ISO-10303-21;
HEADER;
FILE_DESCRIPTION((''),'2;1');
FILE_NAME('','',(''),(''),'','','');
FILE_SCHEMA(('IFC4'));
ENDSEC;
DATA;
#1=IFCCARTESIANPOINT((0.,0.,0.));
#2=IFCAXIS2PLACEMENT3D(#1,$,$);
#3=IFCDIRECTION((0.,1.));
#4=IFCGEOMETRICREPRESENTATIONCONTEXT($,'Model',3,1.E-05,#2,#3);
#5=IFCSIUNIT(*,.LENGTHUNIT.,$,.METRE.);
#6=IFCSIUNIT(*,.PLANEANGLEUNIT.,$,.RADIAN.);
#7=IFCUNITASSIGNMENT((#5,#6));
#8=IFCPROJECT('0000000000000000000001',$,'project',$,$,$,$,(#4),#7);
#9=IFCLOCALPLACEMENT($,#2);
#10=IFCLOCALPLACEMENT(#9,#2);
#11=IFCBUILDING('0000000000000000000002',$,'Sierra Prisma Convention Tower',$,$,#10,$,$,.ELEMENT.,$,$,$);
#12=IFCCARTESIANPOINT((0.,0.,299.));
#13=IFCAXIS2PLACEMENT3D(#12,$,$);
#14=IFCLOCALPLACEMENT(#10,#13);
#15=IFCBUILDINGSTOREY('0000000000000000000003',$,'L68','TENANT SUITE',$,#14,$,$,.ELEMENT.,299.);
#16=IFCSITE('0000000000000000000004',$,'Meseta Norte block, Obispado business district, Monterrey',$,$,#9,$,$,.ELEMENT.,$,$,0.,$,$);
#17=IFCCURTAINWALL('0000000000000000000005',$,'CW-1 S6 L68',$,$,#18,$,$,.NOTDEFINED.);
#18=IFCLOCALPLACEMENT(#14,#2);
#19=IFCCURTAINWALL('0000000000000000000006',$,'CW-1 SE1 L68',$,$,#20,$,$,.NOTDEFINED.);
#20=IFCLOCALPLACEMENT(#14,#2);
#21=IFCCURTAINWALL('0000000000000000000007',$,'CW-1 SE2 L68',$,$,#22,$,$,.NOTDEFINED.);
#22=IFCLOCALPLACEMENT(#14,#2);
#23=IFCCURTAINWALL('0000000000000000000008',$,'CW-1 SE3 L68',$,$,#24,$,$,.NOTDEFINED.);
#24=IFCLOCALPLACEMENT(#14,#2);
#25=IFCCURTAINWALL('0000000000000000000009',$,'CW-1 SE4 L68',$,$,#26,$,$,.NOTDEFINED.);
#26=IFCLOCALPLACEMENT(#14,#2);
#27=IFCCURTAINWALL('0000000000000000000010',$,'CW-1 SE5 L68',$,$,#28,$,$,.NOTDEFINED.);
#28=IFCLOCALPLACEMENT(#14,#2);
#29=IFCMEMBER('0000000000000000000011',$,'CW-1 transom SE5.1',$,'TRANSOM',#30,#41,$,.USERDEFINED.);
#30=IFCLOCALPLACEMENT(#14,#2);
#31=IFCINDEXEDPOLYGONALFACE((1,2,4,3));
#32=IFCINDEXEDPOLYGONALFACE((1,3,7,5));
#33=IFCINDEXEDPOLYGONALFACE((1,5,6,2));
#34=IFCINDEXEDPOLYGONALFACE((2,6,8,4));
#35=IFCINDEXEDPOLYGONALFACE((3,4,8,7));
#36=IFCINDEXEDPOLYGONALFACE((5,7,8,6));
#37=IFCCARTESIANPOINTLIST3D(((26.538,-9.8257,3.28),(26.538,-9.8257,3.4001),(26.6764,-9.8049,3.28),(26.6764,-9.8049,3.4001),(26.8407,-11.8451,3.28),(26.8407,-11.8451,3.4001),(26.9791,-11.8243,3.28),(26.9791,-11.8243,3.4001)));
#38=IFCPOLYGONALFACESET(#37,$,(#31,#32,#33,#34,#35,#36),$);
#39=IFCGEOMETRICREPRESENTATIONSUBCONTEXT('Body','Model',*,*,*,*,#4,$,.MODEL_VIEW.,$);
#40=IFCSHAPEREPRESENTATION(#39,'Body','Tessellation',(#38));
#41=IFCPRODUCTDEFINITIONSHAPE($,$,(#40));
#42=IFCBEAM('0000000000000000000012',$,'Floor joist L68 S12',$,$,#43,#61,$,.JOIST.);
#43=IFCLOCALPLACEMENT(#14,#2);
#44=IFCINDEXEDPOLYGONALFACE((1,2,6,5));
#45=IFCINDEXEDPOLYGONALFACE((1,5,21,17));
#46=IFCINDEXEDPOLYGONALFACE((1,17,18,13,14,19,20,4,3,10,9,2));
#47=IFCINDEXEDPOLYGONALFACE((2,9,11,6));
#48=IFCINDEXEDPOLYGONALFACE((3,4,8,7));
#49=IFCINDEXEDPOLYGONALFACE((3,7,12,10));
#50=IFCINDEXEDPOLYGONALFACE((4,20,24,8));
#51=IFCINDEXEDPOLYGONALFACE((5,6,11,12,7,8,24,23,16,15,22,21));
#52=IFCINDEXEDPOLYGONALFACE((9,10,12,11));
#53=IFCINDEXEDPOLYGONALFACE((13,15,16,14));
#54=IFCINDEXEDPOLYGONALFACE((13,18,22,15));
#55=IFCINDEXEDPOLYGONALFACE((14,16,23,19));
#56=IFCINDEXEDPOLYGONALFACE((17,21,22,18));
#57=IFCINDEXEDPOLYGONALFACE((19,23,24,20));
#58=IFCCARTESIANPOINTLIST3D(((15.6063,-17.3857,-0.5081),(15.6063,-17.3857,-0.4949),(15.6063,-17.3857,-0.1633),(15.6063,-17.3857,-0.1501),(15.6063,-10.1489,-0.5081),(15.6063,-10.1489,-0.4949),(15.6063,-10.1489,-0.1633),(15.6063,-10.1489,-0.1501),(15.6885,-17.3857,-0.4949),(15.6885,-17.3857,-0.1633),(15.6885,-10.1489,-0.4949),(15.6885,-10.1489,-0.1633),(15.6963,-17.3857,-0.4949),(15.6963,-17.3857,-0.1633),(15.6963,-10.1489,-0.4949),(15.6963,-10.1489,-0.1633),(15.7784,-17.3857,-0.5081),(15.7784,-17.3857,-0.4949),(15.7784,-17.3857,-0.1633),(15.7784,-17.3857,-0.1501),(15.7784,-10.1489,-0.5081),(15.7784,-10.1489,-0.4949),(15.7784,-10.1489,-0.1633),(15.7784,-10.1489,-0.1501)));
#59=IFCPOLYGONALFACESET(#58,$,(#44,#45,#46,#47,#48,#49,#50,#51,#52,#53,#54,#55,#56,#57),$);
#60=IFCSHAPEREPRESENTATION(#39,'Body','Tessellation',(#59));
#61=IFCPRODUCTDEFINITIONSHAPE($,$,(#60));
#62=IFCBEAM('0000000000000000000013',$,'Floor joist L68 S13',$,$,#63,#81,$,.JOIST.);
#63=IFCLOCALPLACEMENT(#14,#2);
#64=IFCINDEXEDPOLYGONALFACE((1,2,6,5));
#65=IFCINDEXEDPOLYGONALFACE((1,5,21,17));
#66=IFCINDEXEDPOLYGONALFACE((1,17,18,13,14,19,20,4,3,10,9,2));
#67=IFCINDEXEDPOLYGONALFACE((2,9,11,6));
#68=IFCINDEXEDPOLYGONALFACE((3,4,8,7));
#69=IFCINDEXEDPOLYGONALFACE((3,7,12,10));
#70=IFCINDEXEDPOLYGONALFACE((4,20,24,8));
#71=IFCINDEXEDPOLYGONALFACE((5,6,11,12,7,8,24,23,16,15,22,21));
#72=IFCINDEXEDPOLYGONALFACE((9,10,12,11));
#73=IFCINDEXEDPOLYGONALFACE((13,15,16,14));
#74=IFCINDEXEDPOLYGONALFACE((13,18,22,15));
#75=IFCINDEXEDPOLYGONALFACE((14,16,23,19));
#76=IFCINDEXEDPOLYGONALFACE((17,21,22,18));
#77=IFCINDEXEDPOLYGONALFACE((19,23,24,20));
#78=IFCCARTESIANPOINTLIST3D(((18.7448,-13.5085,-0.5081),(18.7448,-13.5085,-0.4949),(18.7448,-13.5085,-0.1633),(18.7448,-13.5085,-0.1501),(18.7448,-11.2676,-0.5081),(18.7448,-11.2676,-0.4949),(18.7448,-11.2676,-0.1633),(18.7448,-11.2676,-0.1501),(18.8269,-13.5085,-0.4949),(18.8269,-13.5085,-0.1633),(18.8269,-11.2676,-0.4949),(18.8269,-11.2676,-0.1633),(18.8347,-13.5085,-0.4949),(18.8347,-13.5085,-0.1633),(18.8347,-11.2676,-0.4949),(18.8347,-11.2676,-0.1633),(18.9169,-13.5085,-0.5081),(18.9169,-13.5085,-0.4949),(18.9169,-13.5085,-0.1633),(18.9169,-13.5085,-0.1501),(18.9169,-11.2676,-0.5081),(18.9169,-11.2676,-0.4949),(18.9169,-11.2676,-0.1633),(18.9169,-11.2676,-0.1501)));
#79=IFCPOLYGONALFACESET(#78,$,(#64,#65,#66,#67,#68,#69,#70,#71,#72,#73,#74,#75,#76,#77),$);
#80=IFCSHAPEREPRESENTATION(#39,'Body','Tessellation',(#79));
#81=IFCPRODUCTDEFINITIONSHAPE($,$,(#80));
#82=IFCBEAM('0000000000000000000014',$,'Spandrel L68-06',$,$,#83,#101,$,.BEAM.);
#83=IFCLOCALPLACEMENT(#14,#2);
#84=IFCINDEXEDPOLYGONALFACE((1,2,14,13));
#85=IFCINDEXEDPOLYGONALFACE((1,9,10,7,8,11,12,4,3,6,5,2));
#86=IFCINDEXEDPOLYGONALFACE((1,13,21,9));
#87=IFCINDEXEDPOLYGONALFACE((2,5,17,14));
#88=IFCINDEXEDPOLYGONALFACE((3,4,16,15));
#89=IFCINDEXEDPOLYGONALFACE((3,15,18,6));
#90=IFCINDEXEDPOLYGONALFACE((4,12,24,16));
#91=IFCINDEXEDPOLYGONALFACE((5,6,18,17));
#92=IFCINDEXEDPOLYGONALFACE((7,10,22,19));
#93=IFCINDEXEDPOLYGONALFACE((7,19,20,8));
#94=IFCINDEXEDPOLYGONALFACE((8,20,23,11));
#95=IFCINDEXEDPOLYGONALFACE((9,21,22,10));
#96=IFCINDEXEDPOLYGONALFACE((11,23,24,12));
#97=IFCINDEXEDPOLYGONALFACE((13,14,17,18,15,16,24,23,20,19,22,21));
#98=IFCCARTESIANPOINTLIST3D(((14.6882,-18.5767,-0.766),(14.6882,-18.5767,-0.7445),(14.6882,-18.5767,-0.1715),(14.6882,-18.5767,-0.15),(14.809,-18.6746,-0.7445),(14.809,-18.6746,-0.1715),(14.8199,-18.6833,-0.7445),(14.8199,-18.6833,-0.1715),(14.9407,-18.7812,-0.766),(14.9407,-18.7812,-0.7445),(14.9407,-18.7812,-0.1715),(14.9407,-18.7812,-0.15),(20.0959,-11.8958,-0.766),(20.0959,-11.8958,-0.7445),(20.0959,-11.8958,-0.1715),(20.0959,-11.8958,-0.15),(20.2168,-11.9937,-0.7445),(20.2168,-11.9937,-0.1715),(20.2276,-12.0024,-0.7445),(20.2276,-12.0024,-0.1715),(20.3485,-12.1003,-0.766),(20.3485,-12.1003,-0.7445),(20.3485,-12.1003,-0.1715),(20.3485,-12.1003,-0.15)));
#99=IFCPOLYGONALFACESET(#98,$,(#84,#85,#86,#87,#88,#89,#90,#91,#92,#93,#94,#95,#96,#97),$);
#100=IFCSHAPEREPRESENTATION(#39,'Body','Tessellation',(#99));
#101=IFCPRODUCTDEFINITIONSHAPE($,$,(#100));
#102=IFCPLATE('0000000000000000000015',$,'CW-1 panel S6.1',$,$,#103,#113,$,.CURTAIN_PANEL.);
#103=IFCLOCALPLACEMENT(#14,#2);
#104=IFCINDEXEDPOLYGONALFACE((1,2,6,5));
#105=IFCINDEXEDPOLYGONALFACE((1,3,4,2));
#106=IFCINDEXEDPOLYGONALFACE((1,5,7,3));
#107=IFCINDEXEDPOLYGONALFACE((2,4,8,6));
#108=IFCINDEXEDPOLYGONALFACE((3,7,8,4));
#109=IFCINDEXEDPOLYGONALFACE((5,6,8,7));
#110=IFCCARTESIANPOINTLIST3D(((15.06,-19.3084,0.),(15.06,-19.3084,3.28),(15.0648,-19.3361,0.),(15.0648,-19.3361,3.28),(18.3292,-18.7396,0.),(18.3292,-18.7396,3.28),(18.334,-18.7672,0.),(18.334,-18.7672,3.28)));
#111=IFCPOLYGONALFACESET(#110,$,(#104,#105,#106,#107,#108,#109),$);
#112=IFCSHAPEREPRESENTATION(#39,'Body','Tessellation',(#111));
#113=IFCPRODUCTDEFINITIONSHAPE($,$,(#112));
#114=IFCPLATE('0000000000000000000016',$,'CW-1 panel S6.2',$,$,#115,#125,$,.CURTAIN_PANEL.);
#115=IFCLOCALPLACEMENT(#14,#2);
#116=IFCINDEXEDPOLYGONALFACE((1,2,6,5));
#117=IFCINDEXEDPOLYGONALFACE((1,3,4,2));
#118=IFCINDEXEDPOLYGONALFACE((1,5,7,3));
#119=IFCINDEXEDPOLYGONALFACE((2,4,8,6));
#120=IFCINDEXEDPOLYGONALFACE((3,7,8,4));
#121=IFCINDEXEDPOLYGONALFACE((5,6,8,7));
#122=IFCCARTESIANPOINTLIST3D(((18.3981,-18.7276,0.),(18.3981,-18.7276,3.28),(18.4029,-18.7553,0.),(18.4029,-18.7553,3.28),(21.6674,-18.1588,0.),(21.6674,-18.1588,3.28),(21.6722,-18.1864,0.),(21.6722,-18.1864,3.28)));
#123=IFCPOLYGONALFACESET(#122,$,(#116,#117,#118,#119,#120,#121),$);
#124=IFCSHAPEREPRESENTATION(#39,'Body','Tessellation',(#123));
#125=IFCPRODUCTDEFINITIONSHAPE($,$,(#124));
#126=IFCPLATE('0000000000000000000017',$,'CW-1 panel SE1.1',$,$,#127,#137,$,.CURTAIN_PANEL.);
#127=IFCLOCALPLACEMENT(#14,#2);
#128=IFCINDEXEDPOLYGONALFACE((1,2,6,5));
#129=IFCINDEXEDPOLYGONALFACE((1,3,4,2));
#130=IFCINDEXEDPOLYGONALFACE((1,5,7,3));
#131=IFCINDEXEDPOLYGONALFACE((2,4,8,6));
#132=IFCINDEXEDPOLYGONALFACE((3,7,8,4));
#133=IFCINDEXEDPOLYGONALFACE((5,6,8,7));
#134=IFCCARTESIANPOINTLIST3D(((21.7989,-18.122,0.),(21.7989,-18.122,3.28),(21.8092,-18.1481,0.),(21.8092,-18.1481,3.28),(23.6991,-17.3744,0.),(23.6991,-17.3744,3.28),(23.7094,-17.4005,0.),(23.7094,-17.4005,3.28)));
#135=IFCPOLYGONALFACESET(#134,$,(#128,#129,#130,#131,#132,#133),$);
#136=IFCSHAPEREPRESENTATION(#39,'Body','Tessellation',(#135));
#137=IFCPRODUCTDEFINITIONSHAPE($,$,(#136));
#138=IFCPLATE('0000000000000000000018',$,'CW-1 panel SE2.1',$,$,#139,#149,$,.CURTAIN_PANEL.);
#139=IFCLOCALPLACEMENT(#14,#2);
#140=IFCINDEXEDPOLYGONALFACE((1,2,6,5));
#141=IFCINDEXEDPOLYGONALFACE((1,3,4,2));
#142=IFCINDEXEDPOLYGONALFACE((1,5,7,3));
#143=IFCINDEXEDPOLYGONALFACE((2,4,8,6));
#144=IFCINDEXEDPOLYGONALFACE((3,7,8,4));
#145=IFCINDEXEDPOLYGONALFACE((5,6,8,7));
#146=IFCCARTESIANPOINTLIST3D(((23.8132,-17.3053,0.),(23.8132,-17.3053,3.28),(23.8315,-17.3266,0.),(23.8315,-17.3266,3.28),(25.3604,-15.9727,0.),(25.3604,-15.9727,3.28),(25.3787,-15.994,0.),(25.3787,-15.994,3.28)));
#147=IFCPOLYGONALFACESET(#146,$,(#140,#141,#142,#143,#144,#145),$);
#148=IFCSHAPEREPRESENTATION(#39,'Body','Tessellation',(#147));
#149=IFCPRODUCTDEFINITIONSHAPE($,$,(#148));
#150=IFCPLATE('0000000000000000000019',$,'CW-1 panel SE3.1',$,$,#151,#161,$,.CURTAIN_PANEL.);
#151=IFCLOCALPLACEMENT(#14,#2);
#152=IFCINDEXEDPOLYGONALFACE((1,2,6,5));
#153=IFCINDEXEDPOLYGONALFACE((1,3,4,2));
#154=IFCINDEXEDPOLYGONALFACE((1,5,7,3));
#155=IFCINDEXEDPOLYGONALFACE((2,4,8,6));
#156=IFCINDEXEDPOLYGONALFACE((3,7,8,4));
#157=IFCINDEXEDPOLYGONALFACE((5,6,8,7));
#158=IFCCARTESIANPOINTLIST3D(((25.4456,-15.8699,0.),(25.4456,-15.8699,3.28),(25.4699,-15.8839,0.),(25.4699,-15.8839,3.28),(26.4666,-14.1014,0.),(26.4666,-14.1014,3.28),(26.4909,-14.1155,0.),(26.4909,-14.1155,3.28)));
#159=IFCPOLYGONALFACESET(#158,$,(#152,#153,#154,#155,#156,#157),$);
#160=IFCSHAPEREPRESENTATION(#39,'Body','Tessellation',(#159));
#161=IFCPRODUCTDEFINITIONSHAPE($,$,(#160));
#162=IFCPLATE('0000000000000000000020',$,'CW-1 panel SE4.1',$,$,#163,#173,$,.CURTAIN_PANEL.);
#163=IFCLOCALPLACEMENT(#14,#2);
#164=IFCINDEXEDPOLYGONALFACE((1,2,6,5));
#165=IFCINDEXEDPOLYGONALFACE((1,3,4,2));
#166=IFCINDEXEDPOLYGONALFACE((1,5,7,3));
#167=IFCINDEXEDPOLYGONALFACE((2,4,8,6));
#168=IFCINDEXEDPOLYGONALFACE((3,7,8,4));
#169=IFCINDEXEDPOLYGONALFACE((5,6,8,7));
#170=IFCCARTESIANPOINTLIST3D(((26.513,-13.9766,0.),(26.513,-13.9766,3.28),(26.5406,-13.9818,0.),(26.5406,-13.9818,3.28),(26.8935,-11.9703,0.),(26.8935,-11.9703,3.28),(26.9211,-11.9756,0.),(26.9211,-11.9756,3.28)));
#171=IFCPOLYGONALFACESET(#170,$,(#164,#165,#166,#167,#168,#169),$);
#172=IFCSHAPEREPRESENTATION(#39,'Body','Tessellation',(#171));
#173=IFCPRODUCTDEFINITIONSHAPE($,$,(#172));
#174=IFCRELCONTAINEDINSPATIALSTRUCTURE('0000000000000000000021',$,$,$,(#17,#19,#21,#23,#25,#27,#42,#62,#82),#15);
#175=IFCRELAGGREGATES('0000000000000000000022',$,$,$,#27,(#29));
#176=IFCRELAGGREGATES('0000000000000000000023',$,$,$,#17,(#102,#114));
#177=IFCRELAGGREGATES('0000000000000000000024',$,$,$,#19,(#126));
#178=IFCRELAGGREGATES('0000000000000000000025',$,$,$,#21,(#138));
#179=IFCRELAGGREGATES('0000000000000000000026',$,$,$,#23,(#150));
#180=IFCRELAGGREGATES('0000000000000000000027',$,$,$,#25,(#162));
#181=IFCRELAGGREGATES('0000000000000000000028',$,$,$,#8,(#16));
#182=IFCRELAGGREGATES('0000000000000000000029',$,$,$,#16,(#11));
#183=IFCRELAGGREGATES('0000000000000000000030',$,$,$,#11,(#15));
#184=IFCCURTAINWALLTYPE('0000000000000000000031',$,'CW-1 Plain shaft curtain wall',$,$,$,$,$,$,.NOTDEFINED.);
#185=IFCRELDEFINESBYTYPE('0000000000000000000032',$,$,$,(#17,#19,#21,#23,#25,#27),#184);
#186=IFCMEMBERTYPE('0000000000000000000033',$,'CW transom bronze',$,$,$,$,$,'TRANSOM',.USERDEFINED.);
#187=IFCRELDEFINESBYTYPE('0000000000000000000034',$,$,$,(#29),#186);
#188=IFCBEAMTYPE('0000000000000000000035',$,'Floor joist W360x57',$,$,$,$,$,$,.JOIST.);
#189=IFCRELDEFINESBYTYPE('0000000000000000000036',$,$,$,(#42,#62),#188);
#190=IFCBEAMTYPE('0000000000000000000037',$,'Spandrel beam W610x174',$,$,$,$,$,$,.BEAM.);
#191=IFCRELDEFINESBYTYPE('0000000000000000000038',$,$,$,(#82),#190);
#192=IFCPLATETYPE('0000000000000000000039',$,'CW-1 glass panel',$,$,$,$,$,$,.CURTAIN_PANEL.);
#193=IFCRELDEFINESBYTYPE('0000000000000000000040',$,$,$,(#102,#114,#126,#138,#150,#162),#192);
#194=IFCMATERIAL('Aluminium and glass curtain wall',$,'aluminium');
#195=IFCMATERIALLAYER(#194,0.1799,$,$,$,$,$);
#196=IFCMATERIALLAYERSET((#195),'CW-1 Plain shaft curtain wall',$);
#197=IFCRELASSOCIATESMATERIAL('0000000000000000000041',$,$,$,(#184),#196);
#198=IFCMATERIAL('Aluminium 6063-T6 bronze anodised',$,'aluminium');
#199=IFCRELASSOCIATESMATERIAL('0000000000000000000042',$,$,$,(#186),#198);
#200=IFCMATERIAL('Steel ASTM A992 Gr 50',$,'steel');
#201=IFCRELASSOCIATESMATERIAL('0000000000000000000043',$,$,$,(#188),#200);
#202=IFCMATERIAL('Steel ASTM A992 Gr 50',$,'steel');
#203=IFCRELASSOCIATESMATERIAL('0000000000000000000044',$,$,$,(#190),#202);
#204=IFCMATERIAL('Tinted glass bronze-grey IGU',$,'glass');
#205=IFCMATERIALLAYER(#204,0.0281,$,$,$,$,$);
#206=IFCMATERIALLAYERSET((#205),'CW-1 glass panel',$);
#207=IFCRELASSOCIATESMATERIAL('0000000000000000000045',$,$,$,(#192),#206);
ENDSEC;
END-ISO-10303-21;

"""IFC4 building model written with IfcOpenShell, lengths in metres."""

from ifc_helpers import new_model, si_unit, direction, frame, origin, origin_2d, place, context, subcontext, project, spatial, rectangle, i_section, extrude, material, layer, layer_set, material_profile, profile_set, type_object, element, aggregate, save


model = new_model("IFC4")

# Units and contexts
model_context = context("Model", 3, precision=1e-05, world=origin(), true_north=direction((0.0, 1.0)))
body_context = subcontext(model_context, "Body", "Model", "MODEL_VIEW")
ifc_project = project(units=[si_unit("LENGTHUNIT", "METRE"), si_unit("PLANEANGLEUNIT", "RADIAN")], contexts=[model_context])

# Site, building, storey
site_placement = place(None, origin())
site = spatial("IfcSite", under=ifc_project, at=site_placement, Name="Meseta Norte block, Obispado business district, Monterrey", CompositionType="ELEMENT", RefElevation=0.0)
building_placement = place(site_placement, origin())
building = spatial("IfcBuilding", under=site, at=building_placement, Name="Sierra Prisma Convention Tower", CompositionType="ELEMENT")
storey_placement = place(building_placement, frame((0.0, 0.0, 299.0)))
storey = spatial("IfcBuildingStorey", under=building, at=storey_placement, Name="L68", Description="TENANT SUITE", CompositionType="ELEMENT", Elevation=299.0)

# Curtain walls
ifc_material_1 = material(Name="Aluminium and glass curtain wall", Category="aluminium")
ifc_layer_1 = layer(ifc_material_1, 0.1799)
ifc_layer_set_1 = layer_set([ifc_layer_1], Name="CW-1 Plain shaft curtain wall")
curtain_wall_type = type_object("IfcCurtainWallType", Name="CW-1 Plain shaft curtain wall", PredefinedType="NOTDEFINED", material=ifc_layer_set_1)
curtain_wall_1_placement = place(storey_placement, origin())
curtain_wall_1 = element("IfcCurtainWall", 1, at=curtain_wall_1_placement, inside=storey, type_object=curtain_wall_type, Name="CW-1 S6 L68", PredefinedType="NOTDEFINED")
curtain_wall_2_placement = place(storey_placement, origin())
curtain_wall_2 = element("IfcCurtainWall", 2, at=curtain_wall_2_placement, inside=storey, type_object=curtain_wall_type, Name="CW-1 SE1 L68", PredefinedType="NOTDEFINED")
curtain_wall_3_placement = place(storey_placement, origin())
curtain_wall_3 = element("IfcCurtainWall", 3, at=curtain_wall_3_placement, inside=storey, type_object=curtain_wall_type, Name="CW-1 SE2 L68", PredefinedType="NOTDEFINED")
curtain_wall_4_placement = place(storey_placement, origin())
curtain_wall_4 = element("IfcCurtainWall", 4, at=curtain_wall_4_placement, inside=storey, type_object=curtain_wall_type, Name="CW-1 SE3 L68", PredefinedType="NOTDEFINED")
curtain_wall_5_placement = place(storey_placement, origin())
curtain_wall_5 = element("IfcCurtainWall", 5, at=curtain_wall_5_placement, inside=storey, type_object=curtain_wall_type, Name="CW-1 SE4 L68", PredefinedType="NOTDEFINED")
curtain_wall_6_placement = place(storey_placement, origin())
curtain_wall_6 = element("IfcCurtainWall", 6, at=curtain_wall_6_placement, inside=storey, type_object=curtain_wall_type, Name="CW-1 SE5 L68", PredefinedType="NOTDEFINED")

# Member
ifc_material_2 = material(Name="Aluminium 6063-T6 bronze anodised", Category="aluminium")
ifc_material_profile_1 = material_profile(ifc_material_2, rectangle(XDim=0.1399, YDim=0.1201, at=origin_2d()), Name="ALU TRANSOM 120x140")
ifc_profile_set_1 = profile_set([ifc_material_profile_1], Name="Aluminium 6063-T6 bronze anodised")
member_type_1 = type_object("IfcMemberType", Name="CW transom bronze", ElementType="TRANSOM", PredefinedType="USERDEFINED", material=ifc_profile_set_1)
member_1_placement = place(storey_placement, frame((26.9099, -11.8347, 3.3401), z_axis=(-0.148247, 0.98895, 0.0), x_axis=(-0.98895, -0.148247, 0.0)))
member_1 = element("IfcMember", 7, at=member_1_placement, type_object=member_type_1, Name="CW-1 transom SE5.1", ObjectType="TRANSOM", PredefinedType="USERDEFINED", context=body_context, shape_type="SweptSolid", body=[
    extrude(rectangle(XDim=0.1399, YDim=0.1201, at=origin_2d()), origin(), (0.0, 0.0, 1.0), 2.042),
])
aggregate(curtain_wall_6, [member_1])

# Beams
ifc_material_3 = material(Name="Steel ASTM A992 Gr 50", Category="steel")
ifc_material_profile_2 = material_profile(ifc_material_3, i_section(OverallWidth=0.1721, OverallDepth=0.3579, WebThickness=0.0078, FlangeThickness=0.0132, at=origin_2d()), Name="W360x57")
ifc_profile_set_2 = profile_set([ifc_material_profile_2], Name="Steel ASTM A992 Gr 50")
beam_type_1 = type_object("IfcBeamType", Name="Floor joist W360x57", PredefinedType="JOIST", material=ifc_profile_set_2)
beam_1_placement = place(storey_placement, frame((15.6924, -17.3857, -0.3291), z_axis=(0.0, 1.0, 0.0), x_axis=(-1.0, 0.0, 0.0)))
element("IfcBeam", 8, at=beam_1_placement, inside=storey, type_object=beam_type_1, Name="Floor joist L68 S12", PredefinedType="JOIST", context=body_context, shape_type="SweptSolid", body=[
    extrude(i_section(OverallWidth=0.1721, OverallDepth=0.3579, WebThickness=0.0078, FlangeThickness=0.0132, at=origin_2d()), origin(), (0.0, 0.0, 1.0), 7.2368),
])
beam_2_placement = place(storey_placement, frame((18.8308, -13.5085, -0.3291), z_axis=(0.0, 1.0, 0.0), x_axis=(-1.0, 0.0, 0.0)))
element("IfcBeam", 9, at=beam_2_placement, inside=storey, type_object=beam_type_1, Name="Floor joist L68 S13", PredefinedType="JOIST", context=body_context, shape_type="SweptSolid", body=[
    extrude(i_section(OverallWidth=0.1721, OverallDepth=0.3579, WebThickness=0.0078, FlangeThickness=0.0132, at=origin_2d()), origin(), (0.0, 0.0, 1.0), 2.241),
])
ifc_material_4 = material(Name="Steel ASTM A992 Gr 50", Category="steel")
ifc_material_profile_3 = material_profile(ifc_material_4, i_section(OverallWidth=0.325, OverallDepth=0.616, WebThickness=0.0139, FlangeThickness=0.0215, at=origin_2d()), Name="W610x174")
ifc_profile_set_3 = profile_set([ifc_material_profile_3], Name="Steel ASTM A992 Gr 50")
beam_type_2 = type_object("IfcBeamType", Name="Spandrel beam W610x174", PredefinedType="BEAM", material=ifc_profile_set_3)
beam_3_placement = place(storey_placement, frame((14.8145, -18.679, -0.458), z_axis=(0.629153, 0.777281, 0.0), x_axis=(-0.777281, 0.629153, 0.0)))
element("IfcBeam", 10, at=beam_3_placement, inside=storey, type_object=beam_type_2, Name="Spandrel L68-06", PredefinedType="BEAM", context=body_context, shape_type="SweptSolid", body=[
    extrude(i_section(OverallWidth=0.325, OverallDepth=0.616, WebThickness=0.0139, FlangeThickness=0.0215, at=origin_2d()), origin(), (0.0, 0.0, 1.0), 8.5952),
])

# Plates
ifc_material_5 = material(Name="Tinted glass bronze-grey IGU", Category="glass")
ifc_layer_2 = layer(ifc_material_5, 0.0281)
ifc_layer_set_2 = layer_set([ifc_layer_2], Name="CW-1 glass panel")
plate_type = type_object("IfcPlateType", Name="CW-1 glass panel", PredefinedType="CURTAIN_PANEL", material=ifc_layer_set_2)
plate_1_placement = place(storey_placement, frame((16.697, -19.0378, 0.0), z_axis=(0.0, 0.0, 1.0), x_axis=(0.985196, 0.17143, 0.0)))
plate_1 = element("IfcPlate", 11, at=plate_1_placement, type_object=plate_type, Name="CW-1 panel S6.1", PredefinedType="CURTAIN_PANEL", context=body_context, shape_type="SweptSolid", body=[
    extrude(rectangle(XDim=3.3184, YDim=0.0281, at=origin_2d()), origin(), (0.0, 0.0, 1.0), 3.28),
])
plate_2_placement = place(storey_placement, frame((20.0352, -18.457, 0.0), z_axis=(0.0, 0.0, 1.0), x_axis=(0.985196, 0.17143, 0.0)))
plate_2 = element("IfcPlate", 12, at=plate_2_placement, type_object=plate_type, Name="CW-1 panel S6.2", PredefinedType="CURTAIN_PANEL", context=body_context, shape_type="SweptSolid", body=[
    extrude(rectangle(XDim=3.3184, YDim=0.0281, at=origin_2d()), origin(), (0.0, 0.0, 1.0), 3.28),
])
aggregate(curtain_wall_1, [plate_1, plate_2])
plate_3_placement = place(storey_placement, frame((22.7542, -17.7612, 0.0), z_axis=(0.0, 0.0, 1.0), x_axis=(0.93057, 0.366113, 0.0)))
plate_3 = element("IfcPlate", 13, at=plate_3_placement, type_object=plate_type, Name="CW-1 panel SE1.1", PredefinedType="CURTAIN_PANEL", context=body_context, shape_type="SweptSolid", body=[
    extrude(rectangle(XDim=2.042, YDim=0.0281, at=origin_2d()), origin(), (0.0, 0.0, 1.0), 3.28),
])
aggregate(curtain_wall_2, [plate_3])
plate_4_placement = place(storey_placement, frame((24.5959, -16.6497, 0.0), z_axis=(0.0, 0.0, 1.0), x_axis=(0.757701, 0.652602, 0.0)))
plate_4 = element("IfcPlate", 14, at=plate_4_placement, type_object=plate_type, Name="CW-1 panel SE2.1", PredefinedType="CURTAIN_PANEL", context=body_context, shape_type="SweptSolid", body=[
    extrude(rectangle(XDim=2.042, YDim=0.0281, at=origin_2d()), origin(), (0.0, 0.0, 1.0), 3.28),
])
aggregate(curtain_wall_3, [plate_4])
plate_5_placement = place(storey_placement, frame((25.9683, -14.9927, 0.0), z_axis=(0.0, 0.0, 1.0), x_axis=(0.5, 0.866025, 0.0)))
plate_5 = element("IfcPlate", 15, at=plate_5_placement, type_object=plate_type, Name="CW-1 panel SE3.1", PredefinedType="CURTAIN_PANEL", context=body_context, shape_type="SweptSolid", body=[
    extrude(rectangle(XDim=2.042, YDim=0.0281, at=origin_2d()), origin(), (0.0, 0.0, 1.0), 3.28),
])
aggregate(curtain_wall_4, [plate_5])
plate_6_placement = place(storey_placement, frame((26.717, -12.9761, 0.0), z_axis=(0.0, 0.0, 1.0), x_axis=(0.186319, 0.982489, 0.0)))
plate_6 = element("IfcPlate", 16, at=plate_6_placement, type_object=plate_type, Name="CW-1 panel SE4.1", PredefinedType="CURTAIN_PANEL", context=body_context, shape_type="SweptSolid", body=[
    extrude(rectangle(XDim=2.042, YDim=0.0281, at=origin_2d()), origin(), (0.0, 0.0, 1.0), 3.28),
])
aggregate(curtain_wall_5, [plate_6])

save(model, "model.ifc")
